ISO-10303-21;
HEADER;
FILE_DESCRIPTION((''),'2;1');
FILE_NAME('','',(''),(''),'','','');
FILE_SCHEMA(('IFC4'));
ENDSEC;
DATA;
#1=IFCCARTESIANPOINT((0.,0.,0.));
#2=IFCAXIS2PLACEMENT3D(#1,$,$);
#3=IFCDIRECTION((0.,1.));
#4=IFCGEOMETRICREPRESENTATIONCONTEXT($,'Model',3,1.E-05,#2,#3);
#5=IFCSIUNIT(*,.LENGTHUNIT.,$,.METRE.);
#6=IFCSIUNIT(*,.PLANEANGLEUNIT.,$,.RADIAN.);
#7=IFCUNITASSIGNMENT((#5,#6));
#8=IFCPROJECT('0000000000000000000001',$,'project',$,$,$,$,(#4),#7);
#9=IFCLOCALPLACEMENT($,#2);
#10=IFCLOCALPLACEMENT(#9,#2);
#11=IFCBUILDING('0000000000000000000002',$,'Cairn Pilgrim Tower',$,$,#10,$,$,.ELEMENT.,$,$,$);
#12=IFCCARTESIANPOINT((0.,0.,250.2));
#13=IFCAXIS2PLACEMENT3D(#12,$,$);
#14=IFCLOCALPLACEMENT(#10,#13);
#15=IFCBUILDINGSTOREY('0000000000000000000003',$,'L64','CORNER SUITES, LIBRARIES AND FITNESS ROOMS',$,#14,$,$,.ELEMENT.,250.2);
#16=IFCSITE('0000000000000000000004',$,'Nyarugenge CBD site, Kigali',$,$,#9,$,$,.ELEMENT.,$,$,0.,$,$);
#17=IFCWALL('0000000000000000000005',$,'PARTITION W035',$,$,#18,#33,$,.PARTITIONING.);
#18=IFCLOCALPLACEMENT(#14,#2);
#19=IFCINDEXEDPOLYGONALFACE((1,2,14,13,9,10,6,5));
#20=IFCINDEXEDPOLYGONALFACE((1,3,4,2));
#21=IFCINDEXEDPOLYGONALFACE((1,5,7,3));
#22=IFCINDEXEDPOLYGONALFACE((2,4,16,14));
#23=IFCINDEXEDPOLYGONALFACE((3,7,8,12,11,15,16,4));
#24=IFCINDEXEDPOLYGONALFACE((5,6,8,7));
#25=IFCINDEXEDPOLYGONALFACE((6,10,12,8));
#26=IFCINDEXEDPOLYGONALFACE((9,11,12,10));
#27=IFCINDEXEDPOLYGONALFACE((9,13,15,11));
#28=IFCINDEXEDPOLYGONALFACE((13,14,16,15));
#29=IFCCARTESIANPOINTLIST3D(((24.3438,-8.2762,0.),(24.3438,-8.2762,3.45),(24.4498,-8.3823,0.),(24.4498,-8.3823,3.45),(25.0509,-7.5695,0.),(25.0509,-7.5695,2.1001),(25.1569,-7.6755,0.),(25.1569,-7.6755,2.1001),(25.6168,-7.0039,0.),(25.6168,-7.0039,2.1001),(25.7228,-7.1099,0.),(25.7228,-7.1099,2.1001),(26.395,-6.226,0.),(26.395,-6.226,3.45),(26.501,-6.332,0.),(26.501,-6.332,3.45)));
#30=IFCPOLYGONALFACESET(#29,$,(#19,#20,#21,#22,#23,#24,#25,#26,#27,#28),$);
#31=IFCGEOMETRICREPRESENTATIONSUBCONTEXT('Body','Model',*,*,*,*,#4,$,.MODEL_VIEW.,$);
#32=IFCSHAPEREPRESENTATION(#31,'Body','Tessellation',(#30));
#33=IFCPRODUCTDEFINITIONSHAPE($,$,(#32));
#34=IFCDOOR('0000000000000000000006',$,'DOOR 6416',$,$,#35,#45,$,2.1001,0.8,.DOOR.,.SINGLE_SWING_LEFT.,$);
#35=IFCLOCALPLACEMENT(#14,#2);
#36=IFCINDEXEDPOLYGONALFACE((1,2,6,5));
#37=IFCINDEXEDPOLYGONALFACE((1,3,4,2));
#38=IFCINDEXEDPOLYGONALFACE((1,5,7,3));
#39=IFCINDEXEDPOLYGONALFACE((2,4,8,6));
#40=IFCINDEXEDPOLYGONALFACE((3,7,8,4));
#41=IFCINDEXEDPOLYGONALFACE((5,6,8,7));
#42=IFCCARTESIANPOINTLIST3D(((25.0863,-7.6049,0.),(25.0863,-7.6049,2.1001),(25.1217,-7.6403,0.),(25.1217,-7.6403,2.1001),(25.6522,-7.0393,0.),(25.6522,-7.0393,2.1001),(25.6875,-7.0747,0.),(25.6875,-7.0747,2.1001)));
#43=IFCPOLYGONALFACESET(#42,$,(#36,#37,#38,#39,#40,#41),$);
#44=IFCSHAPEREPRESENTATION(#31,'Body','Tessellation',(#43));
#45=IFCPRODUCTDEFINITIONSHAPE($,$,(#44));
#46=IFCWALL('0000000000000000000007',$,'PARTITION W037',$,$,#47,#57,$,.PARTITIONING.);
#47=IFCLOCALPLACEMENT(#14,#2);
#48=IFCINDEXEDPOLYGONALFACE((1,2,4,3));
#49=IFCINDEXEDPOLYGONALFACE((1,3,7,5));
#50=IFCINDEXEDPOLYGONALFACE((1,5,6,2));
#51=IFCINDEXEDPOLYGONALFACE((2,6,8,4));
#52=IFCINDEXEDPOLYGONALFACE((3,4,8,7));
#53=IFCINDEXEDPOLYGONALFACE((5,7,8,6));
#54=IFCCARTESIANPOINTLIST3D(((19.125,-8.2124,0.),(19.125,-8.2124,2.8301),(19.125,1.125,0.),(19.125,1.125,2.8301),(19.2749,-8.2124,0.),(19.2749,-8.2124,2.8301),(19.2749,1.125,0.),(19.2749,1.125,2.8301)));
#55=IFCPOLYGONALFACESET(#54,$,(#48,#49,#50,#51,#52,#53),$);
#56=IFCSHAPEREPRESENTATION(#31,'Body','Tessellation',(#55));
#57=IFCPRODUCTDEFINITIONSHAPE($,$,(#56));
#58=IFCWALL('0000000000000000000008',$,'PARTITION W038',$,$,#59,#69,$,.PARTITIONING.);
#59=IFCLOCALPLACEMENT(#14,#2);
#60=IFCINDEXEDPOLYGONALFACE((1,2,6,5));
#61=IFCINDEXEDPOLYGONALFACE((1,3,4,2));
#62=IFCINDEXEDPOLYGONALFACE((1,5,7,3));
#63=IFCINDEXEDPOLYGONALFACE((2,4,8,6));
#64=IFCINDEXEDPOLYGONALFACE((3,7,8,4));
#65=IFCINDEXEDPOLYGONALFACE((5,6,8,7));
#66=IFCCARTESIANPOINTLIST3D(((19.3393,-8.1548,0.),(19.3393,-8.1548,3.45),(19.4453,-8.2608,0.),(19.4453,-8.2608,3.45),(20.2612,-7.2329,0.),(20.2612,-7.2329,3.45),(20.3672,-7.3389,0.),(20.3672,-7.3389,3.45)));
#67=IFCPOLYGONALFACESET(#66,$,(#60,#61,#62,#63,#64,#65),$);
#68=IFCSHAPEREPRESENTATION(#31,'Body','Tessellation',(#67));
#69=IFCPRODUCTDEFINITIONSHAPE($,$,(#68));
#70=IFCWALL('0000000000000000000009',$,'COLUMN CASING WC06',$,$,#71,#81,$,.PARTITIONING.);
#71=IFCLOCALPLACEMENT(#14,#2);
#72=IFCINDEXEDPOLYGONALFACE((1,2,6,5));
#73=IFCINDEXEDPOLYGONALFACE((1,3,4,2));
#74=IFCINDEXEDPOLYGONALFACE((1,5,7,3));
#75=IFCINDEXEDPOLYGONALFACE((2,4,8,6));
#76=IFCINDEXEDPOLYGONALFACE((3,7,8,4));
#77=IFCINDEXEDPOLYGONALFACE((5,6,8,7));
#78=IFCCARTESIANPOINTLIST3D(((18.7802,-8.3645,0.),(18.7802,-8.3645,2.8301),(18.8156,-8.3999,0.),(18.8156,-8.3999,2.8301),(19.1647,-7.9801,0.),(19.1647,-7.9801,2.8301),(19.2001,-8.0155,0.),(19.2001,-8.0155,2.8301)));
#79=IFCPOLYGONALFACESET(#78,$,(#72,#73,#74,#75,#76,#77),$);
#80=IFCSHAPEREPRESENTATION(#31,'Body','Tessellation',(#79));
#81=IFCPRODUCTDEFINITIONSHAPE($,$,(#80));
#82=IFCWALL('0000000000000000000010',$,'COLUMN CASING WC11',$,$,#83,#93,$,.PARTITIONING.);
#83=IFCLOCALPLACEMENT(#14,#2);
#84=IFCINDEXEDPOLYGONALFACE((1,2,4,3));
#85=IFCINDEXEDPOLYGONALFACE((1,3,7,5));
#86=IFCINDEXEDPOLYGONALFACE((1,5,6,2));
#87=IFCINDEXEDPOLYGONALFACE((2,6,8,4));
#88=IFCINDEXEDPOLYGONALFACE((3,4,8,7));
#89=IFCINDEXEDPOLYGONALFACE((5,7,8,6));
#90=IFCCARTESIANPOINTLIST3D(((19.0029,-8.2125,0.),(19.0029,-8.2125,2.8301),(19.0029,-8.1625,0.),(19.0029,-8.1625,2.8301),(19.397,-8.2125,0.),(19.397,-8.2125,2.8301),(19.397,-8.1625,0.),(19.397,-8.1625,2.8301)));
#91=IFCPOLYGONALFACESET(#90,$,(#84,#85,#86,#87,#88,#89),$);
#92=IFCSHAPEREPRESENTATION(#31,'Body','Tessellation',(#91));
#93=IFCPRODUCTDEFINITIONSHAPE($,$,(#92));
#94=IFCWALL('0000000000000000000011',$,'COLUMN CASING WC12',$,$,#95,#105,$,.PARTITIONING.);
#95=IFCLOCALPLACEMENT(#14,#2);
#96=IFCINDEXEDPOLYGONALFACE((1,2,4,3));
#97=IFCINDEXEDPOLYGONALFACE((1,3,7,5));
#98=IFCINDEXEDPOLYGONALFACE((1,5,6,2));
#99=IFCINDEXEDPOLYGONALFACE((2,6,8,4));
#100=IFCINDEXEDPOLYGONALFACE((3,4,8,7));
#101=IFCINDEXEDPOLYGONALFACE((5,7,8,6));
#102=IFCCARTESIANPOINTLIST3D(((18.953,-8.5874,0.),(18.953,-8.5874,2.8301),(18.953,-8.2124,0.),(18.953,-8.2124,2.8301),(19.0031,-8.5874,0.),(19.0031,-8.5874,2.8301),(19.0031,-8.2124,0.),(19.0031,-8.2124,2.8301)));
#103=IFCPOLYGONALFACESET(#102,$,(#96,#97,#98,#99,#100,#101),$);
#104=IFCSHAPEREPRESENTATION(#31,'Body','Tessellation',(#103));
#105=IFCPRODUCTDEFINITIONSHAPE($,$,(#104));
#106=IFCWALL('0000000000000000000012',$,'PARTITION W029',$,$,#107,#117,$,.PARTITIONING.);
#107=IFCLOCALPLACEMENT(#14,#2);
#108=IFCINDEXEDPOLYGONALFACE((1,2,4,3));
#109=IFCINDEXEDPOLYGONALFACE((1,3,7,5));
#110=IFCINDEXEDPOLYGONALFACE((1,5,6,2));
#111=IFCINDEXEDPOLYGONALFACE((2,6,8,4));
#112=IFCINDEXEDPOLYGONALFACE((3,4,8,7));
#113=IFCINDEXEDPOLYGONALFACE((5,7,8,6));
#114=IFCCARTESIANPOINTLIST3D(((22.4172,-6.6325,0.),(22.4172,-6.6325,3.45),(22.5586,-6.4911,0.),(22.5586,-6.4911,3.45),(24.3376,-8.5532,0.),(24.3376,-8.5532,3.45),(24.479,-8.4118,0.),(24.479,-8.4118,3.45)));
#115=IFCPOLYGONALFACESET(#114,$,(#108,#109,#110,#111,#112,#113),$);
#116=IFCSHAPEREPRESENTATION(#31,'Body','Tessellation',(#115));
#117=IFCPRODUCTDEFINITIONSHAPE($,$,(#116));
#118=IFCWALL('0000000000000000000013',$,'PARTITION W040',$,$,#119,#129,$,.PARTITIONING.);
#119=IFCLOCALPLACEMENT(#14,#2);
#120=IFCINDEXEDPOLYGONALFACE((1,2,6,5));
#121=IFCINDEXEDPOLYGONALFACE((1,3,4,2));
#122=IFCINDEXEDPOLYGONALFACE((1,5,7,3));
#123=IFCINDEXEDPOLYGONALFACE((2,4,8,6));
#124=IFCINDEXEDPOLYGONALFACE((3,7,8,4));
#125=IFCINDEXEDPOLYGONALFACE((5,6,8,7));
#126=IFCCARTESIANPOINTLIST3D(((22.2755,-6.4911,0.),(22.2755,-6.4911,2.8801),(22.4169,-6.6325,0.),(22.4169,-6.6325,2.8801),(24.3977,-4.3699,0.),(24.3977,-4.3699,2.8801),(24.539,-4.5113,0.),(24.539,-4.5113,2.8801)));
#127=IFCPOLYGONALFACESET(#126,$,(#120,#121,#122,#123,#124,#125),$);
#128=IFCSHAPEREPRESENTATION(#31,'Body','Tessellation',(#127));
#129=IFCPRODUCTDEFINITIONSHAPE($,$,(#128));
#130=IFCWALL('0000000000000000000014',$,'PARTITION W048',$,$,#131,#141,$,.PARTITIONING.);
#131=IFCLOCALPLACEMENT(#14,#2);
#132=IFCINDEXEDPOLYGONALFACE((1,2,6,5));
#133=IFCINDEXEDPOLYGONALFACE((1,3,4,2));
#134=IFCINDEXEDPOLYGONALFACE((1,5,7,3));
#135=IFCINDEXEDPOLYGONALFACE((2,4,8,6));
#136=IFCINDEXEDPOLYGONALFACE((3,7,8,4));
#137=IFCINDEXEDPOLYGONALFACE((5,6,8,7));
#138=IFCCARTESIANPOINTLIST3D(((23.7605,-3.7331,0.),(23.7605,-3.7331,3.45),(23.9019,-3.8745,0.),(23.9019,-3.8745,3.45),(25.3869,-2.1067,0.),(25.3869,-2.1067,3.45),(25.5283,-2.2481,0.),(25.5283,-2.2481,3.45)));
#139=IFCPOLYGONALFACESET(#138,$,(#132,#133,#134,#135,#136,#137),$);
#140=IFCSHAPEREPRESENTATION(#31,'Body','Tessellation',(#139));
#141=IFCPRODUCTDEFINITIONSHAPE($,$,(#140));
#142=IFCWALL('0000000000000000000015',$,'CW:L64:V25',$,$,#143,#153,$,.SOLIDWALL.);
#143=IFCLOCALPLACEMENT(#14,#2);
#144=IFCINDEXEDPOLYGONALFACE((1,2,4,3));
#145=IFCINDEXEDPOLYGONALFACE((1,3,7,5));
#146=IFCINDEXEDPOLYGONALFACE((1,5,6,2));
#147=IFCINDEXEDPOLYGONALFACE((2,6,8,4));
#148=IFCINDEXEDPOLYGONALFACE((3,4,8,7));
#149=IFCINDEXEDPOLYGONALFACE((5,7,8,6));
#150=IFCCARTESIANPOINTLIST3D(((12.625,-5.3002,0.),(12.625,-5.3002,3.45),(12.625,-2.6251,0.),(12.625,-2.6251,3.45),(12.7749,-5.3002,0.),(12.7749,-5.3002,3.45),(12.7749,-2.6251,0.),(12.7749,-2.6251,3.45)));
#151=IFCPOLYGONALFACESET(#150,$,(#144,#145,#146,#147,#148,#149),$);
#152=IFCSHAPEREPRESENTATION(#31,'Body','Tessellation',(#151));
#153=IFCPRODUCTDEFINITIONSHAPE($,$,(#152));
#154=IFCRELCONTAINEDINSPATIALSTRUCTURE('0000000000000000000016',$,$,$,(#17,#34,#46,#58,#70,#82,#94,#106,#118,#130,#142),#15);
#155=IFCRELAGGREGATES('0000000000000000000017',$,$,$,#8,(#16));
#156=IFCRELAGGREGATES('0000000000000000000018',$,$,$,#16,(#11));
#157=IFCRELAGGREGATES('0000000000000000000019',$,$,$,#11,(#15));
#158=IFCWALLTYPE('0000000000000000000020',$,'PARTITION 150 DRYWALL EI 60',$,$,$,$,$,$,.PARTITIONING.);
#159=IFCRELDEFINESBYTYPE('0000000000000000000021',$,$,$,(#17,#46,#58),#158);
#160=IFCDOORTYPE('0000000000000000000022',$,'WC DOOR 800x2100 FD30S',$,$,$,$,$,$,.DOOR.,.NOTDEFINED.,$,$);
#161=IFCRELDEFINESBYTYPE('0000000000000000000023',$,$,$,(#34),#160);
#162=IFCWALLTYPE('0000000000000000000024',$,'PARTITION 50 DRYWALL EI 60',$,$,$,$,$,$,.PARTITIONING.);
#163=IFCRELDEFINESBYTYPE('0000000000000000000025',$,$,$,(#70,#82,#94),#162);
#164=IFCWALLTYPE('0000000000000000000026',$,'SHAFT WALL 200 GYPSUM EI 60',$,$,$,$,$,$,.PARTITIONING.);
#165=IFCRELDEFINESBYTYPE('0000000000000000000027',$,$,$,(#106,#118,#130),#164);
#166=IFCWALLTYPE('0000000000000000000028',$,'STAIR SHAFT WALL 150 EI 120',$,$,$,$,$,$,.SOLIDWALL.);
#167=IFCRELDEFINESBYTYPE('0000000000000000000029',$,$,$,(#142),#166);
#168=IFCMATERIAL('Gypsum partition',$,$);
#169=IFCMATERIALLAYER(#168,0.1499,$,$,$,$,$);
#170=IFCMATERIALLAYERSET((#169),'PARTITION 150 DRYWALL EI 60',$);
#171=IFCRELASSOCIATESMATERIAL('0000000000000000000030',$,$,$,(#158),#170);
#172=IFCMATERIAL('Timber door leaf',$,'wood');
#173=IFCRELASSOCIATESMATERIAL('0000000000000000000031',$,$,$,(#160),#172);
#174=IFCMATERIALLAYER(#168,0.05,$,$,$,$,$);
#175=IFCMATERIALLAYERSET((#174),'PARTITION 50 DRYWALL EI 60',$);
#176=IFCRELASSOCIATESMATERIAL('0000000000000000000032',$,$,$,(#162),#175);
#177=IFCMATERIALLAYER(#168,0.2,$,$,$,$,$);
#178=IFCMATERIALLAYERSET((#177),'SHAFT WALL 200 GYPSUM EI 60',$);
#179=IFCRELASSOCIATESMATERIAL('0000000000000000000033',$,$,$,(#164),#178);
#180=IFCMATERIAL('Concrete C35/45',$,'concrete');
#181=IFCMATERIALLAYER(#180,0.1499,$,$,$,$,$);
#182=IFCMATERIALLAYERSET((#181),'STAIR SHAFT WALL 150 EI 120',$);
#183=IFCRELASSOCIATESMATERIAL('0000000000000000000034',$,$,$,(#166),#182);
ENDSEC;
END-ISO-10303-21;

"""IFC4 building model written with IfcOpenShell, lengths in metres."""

from ifc_helpers import new_model, si_unit, direction, frame, frame_2d, origin, place, context, subcontext, project, spatial, rectangle, extrude, material, layer, layer_set, type_object, element, fill, save


model = new_model("IFC4")

# Units and contexts
model_context = context("Model", 3, precision=1e-05, world=origin(), true_north=direction((0.0, 1.0)))
body_context = subcontext(model_context, "Body", "Model", "MODEL_VIEW")
ifc_project = project(units=[si_unit("LENGTHUNIT", "METRE"), si_unit("PLANEANGLEUNIT", "RADIAN")], contexts=[model_context])

# Site, building, storey
site_placement = place(None, origin())
site = spatial("IfcSite", under=ifc_project, at=site_placement, Name="Nyarugenge CBD site, Kigali", CompositionType="ELEMENT", RefElevation=0.0)
building_placement = place(site_placement, origin())
building = spatial("IfcBuilding", under=site, at=building_placement, Name="Cairn Pilgrim Tower", CompositionType="ELEMENT")
storey_placement = place(building_placement, frame((0.0, 0.0, 250.2)))
storey = spatial("IfcBuildingStorey", under=building, at=storey_placement, Name="L64", Description="CORNER SUITES, LIBRARIES AND FITNESS ROOMS", CompositionType="ELEMENT", Elevation=250.2)

# Shared definitions
ifc_material_1 = material(Name="Gypsum partition")
ifc_layer_1 = layer(ifc_material_1, 0.1499)
ifc_layer_set_1 = layer_set([ifc_layer_1], Name="PARTITION 150 DRYWALL EI 60")
wall_type_1 = type_object("IfcWallType", Name="PARTITION 150 DRYWALL EI 60", PredefinedType="PARTITIONING", material=ifc_layer_set_1)

# Wall, opening, door
wall_1_placement = place(storey_placement, frame((24.3967, -8.3293, 0.0), z_axis=(0.0, 0.0, 1.0), x_axis=(0.707275, 0.706938, 0.0)))
wall_1 = element("IfcWall", 1, at=wall_1_placement, inside=storey, type_object=wall_type_1, Name="PARTITION W035", PredefinedType="PARTITIONING", context=body_context, shape_type="SweptSolid", body=[
    extrude(rectangle(XDim=2.9001, YDim=0.1499, at=frame_2d((1.4502, 0.0))), origin(), (0.0, 0.0, 1.0), 3.45),
])
opening_1_placement = place(wall_1_placement, frame((1.0, 0.0, 0.0)))
opening_1 = element("IfcOpeningElement", 2, at=opening_1_placement, cuts=wall_1, PredefinedType="OPENING", context=body_context, shape_type="SweptSolid", body=[
    extrude(rectangle(XDim=0.8, YDim=2.1001, at=frame_2d((0.3999, 1.05))), frame((0.0, 0.085, 0.0), z_axis=(0.0, -1.0, 0.0), x_axis=(1.0, 0.0, 0.0)), (0.0, 0.0, 1.0), 0.1699),
])
ifc_material_2 = material(Name="Timber door leaf", Category="wood")
door_type_1 = type_object("IfcDoorType", Name="WC DOOR 800x2100 FD30S", OperationType="NOTDEFINED", PredefinedType="DOOR", material=ifc_material_2)
door_1_placement = place(opening_1_placement, origin())
door_1 = element("IfcDoor", 3, at=door_1_placement, inside=storey, type_object=door_type_1, Name="DOOR 6416", OperationType="SINGLE_SWING_LEFT", OverallHeight=2.1001, OverallWidth=0.8, PredefinedType="DOOR", context=body_context, shape_type="SweptSolid", body=[
    extrude(rectangle(XDim=0.8, YDim=2.1001, at=frame_2d((0.3999, 1.05))), frame((0.0, 0.0249, 0.0), z_axis=(0.0, -1.0, 0.0), x_axis=(1.0, 0.0, 0.0)), (0.0, 0.0, 1.0), 0.05),
])
fill(opening_1, door_1)

# Walls
wall_2_placement = place(storey_placement, frame((19.2, -8.2124, 0.0), z_axis=(0.0, 0.0, 1.0), x_axis=(0.0, 1.0, 0.0)))
element("IfcWall", 4, at=wall_2_placement, inside=storey, type_object=wall_type_1, Name="PARTITION W037", PredefinedType="PARTITIONING", context=body_context, shape_type="SweptSolid", body=[
    extrude(rectangle(XDim=9.3374, YDim=0.1499, at=frame_2d((4.6687, 0.0))), origin(), (0.0, 0.0, 1.0), 2.8301),
])
wall_3_placement = place(storey_placement, frame((19.3923, -8.2078, 0.0), z_axis=(0.0, 0.0, 1.0), x_axis=(0.707107, 0.707107, 0.0)))
element("IfcWall", 5, at=wall_3_placement, inside=storey, type_object=wall_type_1, Name="PARTITION W038", PredefinedType="PARTITIONING", context=body_context, shape_type="SweptSolid", body=[
    extrude(rectangle(XDim=1.3037, YDim=0.1499, at=frame_2d((0.6519, 0.0))), origin(), (0.0, 0.0, 1.0), 3.45),
])
ifc_layer_2 = layer(ifc_material_1, 0.05)
ifc_layer_set_2 = layer_set([ifc_layer_2], Name="PARTITION 50 DRYWALL EI 60")
wall_type_2 = type_object("IfcWallType", Name="PARTITION 50 DRYWALL EI 60", PredefinedType="PARTITIONING", material=ifc_layer_set_2)
wall_4_placement = place(storey_placement, frame((18.7979, -8.3823, 0.0), z_axis=(0.0, 0.0, 1.0), x_axis=(0.707107, 0.707107, 0.0)))
element("IfcWall", 6, at=wall_4_placement, inside=storey, type_object=wall_type_2, Name="COLUMN CASING WC06", PredefinedType="PARTITIONING", context=body_context, shape_type="SweptSolid", body=[
    extrude(rectangle(XDim=0.5437, YDim=0.05, at=frame_2d((0.272, 0.0))), origin(), (0.0, 0.0, 1.0), 2.8301),
])
wall_5_placement = place(storey_placement, frame((19.0029, -8.1875, 0.0), z_axis=(0.0, 0.0, 1.0), x_axis=(1.0, 0.0, 0.0)))
element("IfcWall", 7, at=wall_5_placement, inside=storey, type_object=wall_type_2, Name="COLUMN CASING WC11", PredefinedType="PARTITIONING", context=body_context, shape_type="SweptSolid", body=[
    extrude(rectangle(XDim=0.394, YDim=0.05, at=frame_2d((0.197, 0.0))), origin(), (0.0, 0.0, 1.0), 2.8301),
])
wall_6_placement = place(storey_placement, frame((18.978, -8.5874, 0.0), z_axis=(0.0, 0.0, 1.0), x_axis=(0.0, 1.0, 0.0)))
element("IfcWall", 8, at=wall_6_placement, inside=storey, type_object=wall_type_2, Name="COLUMN CASING WC12", PredefinedType="PARTITIONING", context=body_context, shape_type="SweptSolid", body=[
    extrude(rectangle(XDim=0.375, YDim=0.05, at=frame_2d((0.1875, 0.0))), origin(), (0.0, 0.0, 1.0), 2.8301),
])
ifc_layer_3 = layer(ifc_material_1, 0.2)
ifc_layer_set_3 = layer_set([ifc_layer_3], Name="SHAFT WALL 200 GYPSUM EI 60")
wall_type_3 = type_object("IfcWallType", Name="SHAFT WALL 200 GYPSUM EI 60", PredefinedType="PARTITIONING", material=ifc_layer_set_3)
wall_7_placement = place(storey_placement, frame((24.4082, -8.4824, 0.0), z_axis=(0.0, 0.0, 1.0), x_axis=(-0.707062, 0.707152, 0.0)))
element("IfcWall", 9, at=wall_7_placement, inside=storey, type_object=wall_type_3, Name="PARTITION W029", PredefinedType="PARTITIONING", context=body_context, shape_type="SweptSolid", body=[
    extrude(rectangle(XDim=2.7161, YDim=0.2, at=frame_2d((1.3579, 0.0))), origin(), (0.0, 0.0, 1.0), 3.45),
])
wall_8_placement = place(storey_placement, frame((22.3462, -6.5618, 0.0), z_axis=(0.0, 0.0, 1.0), x_axis=(0.70727, 0.706944, 0.0)))
element("IfcWall", 10, at=wall_8_placement, inside=storey, type_object=wall_type_3, Name="PARTITION W040", PredefinedType="PARTITIONING", context=body_context, shape_type="SweptSolid", body=[
    extrude(rectangle(XDim=3.0005, YDim=0.2, at=frame_2d((1.5002, 0.0))), origin(), (0.0, 0.0, 1.0), 2.8801),
])
wall_9_placement = place(storey_placement, frame((23.8313, -3.8037, 0.0), z_axis=(0.0, 0.0, 1.0), x_axis=(0.707107, 0.707107, 0.0)))
element("IfcWall", 11, at=wall_9_placement, inside=storey, type_object=wall_type_3, Name="PARTITION W048", PredefinedType="PARTITIONING", context=body_context, shape_type="SweptSolid", body=[
    extrude(rectangle(XDim=2.3, YDim=0.2, at=frame_2d((1.1499, 0.0))), origin(), (0.0, 0.0, 1.0), 3.45),
])
ifc_material_3 = material(Name="Concrete C35/45", Category="concrete")
ifc_layer_4 = layer(ifc_material_3, 0.1499)
ifc_layer_set_4 = layer_set([ifc_layer_4], Name="STAIR SHAFT WALL 150 EI 120")
wall_type_4 = type_object("IfcWallType", Name="STAIR SHAFT WALL 150 EI 120", PredefinedType="SOLIDWALL", material=ifc_layer_set_4)
wall_10_placement = place(storey_placement, frame((12.7, -5.3, 0.0), z_axis=(0.0, 0.0, 1.0), x_axis=(0.0, 1.0, 0.0)))
element("IfcWall", 12, at=wall_10_placement, inside=storey, type_object=wall_type_4, Name="CW:L64:V25", PredefinedType="SOLIDWALL", context=body_context, shape_type="SweptSolid", body=[
    extrude(rectangle(XDim=2.675, YDim=0.1499, at=frame_2d((1.3374, 0.0))), origin(), (0.0, 0.0, 1.0), 3.45),
])

save(model, "model.ifc")
